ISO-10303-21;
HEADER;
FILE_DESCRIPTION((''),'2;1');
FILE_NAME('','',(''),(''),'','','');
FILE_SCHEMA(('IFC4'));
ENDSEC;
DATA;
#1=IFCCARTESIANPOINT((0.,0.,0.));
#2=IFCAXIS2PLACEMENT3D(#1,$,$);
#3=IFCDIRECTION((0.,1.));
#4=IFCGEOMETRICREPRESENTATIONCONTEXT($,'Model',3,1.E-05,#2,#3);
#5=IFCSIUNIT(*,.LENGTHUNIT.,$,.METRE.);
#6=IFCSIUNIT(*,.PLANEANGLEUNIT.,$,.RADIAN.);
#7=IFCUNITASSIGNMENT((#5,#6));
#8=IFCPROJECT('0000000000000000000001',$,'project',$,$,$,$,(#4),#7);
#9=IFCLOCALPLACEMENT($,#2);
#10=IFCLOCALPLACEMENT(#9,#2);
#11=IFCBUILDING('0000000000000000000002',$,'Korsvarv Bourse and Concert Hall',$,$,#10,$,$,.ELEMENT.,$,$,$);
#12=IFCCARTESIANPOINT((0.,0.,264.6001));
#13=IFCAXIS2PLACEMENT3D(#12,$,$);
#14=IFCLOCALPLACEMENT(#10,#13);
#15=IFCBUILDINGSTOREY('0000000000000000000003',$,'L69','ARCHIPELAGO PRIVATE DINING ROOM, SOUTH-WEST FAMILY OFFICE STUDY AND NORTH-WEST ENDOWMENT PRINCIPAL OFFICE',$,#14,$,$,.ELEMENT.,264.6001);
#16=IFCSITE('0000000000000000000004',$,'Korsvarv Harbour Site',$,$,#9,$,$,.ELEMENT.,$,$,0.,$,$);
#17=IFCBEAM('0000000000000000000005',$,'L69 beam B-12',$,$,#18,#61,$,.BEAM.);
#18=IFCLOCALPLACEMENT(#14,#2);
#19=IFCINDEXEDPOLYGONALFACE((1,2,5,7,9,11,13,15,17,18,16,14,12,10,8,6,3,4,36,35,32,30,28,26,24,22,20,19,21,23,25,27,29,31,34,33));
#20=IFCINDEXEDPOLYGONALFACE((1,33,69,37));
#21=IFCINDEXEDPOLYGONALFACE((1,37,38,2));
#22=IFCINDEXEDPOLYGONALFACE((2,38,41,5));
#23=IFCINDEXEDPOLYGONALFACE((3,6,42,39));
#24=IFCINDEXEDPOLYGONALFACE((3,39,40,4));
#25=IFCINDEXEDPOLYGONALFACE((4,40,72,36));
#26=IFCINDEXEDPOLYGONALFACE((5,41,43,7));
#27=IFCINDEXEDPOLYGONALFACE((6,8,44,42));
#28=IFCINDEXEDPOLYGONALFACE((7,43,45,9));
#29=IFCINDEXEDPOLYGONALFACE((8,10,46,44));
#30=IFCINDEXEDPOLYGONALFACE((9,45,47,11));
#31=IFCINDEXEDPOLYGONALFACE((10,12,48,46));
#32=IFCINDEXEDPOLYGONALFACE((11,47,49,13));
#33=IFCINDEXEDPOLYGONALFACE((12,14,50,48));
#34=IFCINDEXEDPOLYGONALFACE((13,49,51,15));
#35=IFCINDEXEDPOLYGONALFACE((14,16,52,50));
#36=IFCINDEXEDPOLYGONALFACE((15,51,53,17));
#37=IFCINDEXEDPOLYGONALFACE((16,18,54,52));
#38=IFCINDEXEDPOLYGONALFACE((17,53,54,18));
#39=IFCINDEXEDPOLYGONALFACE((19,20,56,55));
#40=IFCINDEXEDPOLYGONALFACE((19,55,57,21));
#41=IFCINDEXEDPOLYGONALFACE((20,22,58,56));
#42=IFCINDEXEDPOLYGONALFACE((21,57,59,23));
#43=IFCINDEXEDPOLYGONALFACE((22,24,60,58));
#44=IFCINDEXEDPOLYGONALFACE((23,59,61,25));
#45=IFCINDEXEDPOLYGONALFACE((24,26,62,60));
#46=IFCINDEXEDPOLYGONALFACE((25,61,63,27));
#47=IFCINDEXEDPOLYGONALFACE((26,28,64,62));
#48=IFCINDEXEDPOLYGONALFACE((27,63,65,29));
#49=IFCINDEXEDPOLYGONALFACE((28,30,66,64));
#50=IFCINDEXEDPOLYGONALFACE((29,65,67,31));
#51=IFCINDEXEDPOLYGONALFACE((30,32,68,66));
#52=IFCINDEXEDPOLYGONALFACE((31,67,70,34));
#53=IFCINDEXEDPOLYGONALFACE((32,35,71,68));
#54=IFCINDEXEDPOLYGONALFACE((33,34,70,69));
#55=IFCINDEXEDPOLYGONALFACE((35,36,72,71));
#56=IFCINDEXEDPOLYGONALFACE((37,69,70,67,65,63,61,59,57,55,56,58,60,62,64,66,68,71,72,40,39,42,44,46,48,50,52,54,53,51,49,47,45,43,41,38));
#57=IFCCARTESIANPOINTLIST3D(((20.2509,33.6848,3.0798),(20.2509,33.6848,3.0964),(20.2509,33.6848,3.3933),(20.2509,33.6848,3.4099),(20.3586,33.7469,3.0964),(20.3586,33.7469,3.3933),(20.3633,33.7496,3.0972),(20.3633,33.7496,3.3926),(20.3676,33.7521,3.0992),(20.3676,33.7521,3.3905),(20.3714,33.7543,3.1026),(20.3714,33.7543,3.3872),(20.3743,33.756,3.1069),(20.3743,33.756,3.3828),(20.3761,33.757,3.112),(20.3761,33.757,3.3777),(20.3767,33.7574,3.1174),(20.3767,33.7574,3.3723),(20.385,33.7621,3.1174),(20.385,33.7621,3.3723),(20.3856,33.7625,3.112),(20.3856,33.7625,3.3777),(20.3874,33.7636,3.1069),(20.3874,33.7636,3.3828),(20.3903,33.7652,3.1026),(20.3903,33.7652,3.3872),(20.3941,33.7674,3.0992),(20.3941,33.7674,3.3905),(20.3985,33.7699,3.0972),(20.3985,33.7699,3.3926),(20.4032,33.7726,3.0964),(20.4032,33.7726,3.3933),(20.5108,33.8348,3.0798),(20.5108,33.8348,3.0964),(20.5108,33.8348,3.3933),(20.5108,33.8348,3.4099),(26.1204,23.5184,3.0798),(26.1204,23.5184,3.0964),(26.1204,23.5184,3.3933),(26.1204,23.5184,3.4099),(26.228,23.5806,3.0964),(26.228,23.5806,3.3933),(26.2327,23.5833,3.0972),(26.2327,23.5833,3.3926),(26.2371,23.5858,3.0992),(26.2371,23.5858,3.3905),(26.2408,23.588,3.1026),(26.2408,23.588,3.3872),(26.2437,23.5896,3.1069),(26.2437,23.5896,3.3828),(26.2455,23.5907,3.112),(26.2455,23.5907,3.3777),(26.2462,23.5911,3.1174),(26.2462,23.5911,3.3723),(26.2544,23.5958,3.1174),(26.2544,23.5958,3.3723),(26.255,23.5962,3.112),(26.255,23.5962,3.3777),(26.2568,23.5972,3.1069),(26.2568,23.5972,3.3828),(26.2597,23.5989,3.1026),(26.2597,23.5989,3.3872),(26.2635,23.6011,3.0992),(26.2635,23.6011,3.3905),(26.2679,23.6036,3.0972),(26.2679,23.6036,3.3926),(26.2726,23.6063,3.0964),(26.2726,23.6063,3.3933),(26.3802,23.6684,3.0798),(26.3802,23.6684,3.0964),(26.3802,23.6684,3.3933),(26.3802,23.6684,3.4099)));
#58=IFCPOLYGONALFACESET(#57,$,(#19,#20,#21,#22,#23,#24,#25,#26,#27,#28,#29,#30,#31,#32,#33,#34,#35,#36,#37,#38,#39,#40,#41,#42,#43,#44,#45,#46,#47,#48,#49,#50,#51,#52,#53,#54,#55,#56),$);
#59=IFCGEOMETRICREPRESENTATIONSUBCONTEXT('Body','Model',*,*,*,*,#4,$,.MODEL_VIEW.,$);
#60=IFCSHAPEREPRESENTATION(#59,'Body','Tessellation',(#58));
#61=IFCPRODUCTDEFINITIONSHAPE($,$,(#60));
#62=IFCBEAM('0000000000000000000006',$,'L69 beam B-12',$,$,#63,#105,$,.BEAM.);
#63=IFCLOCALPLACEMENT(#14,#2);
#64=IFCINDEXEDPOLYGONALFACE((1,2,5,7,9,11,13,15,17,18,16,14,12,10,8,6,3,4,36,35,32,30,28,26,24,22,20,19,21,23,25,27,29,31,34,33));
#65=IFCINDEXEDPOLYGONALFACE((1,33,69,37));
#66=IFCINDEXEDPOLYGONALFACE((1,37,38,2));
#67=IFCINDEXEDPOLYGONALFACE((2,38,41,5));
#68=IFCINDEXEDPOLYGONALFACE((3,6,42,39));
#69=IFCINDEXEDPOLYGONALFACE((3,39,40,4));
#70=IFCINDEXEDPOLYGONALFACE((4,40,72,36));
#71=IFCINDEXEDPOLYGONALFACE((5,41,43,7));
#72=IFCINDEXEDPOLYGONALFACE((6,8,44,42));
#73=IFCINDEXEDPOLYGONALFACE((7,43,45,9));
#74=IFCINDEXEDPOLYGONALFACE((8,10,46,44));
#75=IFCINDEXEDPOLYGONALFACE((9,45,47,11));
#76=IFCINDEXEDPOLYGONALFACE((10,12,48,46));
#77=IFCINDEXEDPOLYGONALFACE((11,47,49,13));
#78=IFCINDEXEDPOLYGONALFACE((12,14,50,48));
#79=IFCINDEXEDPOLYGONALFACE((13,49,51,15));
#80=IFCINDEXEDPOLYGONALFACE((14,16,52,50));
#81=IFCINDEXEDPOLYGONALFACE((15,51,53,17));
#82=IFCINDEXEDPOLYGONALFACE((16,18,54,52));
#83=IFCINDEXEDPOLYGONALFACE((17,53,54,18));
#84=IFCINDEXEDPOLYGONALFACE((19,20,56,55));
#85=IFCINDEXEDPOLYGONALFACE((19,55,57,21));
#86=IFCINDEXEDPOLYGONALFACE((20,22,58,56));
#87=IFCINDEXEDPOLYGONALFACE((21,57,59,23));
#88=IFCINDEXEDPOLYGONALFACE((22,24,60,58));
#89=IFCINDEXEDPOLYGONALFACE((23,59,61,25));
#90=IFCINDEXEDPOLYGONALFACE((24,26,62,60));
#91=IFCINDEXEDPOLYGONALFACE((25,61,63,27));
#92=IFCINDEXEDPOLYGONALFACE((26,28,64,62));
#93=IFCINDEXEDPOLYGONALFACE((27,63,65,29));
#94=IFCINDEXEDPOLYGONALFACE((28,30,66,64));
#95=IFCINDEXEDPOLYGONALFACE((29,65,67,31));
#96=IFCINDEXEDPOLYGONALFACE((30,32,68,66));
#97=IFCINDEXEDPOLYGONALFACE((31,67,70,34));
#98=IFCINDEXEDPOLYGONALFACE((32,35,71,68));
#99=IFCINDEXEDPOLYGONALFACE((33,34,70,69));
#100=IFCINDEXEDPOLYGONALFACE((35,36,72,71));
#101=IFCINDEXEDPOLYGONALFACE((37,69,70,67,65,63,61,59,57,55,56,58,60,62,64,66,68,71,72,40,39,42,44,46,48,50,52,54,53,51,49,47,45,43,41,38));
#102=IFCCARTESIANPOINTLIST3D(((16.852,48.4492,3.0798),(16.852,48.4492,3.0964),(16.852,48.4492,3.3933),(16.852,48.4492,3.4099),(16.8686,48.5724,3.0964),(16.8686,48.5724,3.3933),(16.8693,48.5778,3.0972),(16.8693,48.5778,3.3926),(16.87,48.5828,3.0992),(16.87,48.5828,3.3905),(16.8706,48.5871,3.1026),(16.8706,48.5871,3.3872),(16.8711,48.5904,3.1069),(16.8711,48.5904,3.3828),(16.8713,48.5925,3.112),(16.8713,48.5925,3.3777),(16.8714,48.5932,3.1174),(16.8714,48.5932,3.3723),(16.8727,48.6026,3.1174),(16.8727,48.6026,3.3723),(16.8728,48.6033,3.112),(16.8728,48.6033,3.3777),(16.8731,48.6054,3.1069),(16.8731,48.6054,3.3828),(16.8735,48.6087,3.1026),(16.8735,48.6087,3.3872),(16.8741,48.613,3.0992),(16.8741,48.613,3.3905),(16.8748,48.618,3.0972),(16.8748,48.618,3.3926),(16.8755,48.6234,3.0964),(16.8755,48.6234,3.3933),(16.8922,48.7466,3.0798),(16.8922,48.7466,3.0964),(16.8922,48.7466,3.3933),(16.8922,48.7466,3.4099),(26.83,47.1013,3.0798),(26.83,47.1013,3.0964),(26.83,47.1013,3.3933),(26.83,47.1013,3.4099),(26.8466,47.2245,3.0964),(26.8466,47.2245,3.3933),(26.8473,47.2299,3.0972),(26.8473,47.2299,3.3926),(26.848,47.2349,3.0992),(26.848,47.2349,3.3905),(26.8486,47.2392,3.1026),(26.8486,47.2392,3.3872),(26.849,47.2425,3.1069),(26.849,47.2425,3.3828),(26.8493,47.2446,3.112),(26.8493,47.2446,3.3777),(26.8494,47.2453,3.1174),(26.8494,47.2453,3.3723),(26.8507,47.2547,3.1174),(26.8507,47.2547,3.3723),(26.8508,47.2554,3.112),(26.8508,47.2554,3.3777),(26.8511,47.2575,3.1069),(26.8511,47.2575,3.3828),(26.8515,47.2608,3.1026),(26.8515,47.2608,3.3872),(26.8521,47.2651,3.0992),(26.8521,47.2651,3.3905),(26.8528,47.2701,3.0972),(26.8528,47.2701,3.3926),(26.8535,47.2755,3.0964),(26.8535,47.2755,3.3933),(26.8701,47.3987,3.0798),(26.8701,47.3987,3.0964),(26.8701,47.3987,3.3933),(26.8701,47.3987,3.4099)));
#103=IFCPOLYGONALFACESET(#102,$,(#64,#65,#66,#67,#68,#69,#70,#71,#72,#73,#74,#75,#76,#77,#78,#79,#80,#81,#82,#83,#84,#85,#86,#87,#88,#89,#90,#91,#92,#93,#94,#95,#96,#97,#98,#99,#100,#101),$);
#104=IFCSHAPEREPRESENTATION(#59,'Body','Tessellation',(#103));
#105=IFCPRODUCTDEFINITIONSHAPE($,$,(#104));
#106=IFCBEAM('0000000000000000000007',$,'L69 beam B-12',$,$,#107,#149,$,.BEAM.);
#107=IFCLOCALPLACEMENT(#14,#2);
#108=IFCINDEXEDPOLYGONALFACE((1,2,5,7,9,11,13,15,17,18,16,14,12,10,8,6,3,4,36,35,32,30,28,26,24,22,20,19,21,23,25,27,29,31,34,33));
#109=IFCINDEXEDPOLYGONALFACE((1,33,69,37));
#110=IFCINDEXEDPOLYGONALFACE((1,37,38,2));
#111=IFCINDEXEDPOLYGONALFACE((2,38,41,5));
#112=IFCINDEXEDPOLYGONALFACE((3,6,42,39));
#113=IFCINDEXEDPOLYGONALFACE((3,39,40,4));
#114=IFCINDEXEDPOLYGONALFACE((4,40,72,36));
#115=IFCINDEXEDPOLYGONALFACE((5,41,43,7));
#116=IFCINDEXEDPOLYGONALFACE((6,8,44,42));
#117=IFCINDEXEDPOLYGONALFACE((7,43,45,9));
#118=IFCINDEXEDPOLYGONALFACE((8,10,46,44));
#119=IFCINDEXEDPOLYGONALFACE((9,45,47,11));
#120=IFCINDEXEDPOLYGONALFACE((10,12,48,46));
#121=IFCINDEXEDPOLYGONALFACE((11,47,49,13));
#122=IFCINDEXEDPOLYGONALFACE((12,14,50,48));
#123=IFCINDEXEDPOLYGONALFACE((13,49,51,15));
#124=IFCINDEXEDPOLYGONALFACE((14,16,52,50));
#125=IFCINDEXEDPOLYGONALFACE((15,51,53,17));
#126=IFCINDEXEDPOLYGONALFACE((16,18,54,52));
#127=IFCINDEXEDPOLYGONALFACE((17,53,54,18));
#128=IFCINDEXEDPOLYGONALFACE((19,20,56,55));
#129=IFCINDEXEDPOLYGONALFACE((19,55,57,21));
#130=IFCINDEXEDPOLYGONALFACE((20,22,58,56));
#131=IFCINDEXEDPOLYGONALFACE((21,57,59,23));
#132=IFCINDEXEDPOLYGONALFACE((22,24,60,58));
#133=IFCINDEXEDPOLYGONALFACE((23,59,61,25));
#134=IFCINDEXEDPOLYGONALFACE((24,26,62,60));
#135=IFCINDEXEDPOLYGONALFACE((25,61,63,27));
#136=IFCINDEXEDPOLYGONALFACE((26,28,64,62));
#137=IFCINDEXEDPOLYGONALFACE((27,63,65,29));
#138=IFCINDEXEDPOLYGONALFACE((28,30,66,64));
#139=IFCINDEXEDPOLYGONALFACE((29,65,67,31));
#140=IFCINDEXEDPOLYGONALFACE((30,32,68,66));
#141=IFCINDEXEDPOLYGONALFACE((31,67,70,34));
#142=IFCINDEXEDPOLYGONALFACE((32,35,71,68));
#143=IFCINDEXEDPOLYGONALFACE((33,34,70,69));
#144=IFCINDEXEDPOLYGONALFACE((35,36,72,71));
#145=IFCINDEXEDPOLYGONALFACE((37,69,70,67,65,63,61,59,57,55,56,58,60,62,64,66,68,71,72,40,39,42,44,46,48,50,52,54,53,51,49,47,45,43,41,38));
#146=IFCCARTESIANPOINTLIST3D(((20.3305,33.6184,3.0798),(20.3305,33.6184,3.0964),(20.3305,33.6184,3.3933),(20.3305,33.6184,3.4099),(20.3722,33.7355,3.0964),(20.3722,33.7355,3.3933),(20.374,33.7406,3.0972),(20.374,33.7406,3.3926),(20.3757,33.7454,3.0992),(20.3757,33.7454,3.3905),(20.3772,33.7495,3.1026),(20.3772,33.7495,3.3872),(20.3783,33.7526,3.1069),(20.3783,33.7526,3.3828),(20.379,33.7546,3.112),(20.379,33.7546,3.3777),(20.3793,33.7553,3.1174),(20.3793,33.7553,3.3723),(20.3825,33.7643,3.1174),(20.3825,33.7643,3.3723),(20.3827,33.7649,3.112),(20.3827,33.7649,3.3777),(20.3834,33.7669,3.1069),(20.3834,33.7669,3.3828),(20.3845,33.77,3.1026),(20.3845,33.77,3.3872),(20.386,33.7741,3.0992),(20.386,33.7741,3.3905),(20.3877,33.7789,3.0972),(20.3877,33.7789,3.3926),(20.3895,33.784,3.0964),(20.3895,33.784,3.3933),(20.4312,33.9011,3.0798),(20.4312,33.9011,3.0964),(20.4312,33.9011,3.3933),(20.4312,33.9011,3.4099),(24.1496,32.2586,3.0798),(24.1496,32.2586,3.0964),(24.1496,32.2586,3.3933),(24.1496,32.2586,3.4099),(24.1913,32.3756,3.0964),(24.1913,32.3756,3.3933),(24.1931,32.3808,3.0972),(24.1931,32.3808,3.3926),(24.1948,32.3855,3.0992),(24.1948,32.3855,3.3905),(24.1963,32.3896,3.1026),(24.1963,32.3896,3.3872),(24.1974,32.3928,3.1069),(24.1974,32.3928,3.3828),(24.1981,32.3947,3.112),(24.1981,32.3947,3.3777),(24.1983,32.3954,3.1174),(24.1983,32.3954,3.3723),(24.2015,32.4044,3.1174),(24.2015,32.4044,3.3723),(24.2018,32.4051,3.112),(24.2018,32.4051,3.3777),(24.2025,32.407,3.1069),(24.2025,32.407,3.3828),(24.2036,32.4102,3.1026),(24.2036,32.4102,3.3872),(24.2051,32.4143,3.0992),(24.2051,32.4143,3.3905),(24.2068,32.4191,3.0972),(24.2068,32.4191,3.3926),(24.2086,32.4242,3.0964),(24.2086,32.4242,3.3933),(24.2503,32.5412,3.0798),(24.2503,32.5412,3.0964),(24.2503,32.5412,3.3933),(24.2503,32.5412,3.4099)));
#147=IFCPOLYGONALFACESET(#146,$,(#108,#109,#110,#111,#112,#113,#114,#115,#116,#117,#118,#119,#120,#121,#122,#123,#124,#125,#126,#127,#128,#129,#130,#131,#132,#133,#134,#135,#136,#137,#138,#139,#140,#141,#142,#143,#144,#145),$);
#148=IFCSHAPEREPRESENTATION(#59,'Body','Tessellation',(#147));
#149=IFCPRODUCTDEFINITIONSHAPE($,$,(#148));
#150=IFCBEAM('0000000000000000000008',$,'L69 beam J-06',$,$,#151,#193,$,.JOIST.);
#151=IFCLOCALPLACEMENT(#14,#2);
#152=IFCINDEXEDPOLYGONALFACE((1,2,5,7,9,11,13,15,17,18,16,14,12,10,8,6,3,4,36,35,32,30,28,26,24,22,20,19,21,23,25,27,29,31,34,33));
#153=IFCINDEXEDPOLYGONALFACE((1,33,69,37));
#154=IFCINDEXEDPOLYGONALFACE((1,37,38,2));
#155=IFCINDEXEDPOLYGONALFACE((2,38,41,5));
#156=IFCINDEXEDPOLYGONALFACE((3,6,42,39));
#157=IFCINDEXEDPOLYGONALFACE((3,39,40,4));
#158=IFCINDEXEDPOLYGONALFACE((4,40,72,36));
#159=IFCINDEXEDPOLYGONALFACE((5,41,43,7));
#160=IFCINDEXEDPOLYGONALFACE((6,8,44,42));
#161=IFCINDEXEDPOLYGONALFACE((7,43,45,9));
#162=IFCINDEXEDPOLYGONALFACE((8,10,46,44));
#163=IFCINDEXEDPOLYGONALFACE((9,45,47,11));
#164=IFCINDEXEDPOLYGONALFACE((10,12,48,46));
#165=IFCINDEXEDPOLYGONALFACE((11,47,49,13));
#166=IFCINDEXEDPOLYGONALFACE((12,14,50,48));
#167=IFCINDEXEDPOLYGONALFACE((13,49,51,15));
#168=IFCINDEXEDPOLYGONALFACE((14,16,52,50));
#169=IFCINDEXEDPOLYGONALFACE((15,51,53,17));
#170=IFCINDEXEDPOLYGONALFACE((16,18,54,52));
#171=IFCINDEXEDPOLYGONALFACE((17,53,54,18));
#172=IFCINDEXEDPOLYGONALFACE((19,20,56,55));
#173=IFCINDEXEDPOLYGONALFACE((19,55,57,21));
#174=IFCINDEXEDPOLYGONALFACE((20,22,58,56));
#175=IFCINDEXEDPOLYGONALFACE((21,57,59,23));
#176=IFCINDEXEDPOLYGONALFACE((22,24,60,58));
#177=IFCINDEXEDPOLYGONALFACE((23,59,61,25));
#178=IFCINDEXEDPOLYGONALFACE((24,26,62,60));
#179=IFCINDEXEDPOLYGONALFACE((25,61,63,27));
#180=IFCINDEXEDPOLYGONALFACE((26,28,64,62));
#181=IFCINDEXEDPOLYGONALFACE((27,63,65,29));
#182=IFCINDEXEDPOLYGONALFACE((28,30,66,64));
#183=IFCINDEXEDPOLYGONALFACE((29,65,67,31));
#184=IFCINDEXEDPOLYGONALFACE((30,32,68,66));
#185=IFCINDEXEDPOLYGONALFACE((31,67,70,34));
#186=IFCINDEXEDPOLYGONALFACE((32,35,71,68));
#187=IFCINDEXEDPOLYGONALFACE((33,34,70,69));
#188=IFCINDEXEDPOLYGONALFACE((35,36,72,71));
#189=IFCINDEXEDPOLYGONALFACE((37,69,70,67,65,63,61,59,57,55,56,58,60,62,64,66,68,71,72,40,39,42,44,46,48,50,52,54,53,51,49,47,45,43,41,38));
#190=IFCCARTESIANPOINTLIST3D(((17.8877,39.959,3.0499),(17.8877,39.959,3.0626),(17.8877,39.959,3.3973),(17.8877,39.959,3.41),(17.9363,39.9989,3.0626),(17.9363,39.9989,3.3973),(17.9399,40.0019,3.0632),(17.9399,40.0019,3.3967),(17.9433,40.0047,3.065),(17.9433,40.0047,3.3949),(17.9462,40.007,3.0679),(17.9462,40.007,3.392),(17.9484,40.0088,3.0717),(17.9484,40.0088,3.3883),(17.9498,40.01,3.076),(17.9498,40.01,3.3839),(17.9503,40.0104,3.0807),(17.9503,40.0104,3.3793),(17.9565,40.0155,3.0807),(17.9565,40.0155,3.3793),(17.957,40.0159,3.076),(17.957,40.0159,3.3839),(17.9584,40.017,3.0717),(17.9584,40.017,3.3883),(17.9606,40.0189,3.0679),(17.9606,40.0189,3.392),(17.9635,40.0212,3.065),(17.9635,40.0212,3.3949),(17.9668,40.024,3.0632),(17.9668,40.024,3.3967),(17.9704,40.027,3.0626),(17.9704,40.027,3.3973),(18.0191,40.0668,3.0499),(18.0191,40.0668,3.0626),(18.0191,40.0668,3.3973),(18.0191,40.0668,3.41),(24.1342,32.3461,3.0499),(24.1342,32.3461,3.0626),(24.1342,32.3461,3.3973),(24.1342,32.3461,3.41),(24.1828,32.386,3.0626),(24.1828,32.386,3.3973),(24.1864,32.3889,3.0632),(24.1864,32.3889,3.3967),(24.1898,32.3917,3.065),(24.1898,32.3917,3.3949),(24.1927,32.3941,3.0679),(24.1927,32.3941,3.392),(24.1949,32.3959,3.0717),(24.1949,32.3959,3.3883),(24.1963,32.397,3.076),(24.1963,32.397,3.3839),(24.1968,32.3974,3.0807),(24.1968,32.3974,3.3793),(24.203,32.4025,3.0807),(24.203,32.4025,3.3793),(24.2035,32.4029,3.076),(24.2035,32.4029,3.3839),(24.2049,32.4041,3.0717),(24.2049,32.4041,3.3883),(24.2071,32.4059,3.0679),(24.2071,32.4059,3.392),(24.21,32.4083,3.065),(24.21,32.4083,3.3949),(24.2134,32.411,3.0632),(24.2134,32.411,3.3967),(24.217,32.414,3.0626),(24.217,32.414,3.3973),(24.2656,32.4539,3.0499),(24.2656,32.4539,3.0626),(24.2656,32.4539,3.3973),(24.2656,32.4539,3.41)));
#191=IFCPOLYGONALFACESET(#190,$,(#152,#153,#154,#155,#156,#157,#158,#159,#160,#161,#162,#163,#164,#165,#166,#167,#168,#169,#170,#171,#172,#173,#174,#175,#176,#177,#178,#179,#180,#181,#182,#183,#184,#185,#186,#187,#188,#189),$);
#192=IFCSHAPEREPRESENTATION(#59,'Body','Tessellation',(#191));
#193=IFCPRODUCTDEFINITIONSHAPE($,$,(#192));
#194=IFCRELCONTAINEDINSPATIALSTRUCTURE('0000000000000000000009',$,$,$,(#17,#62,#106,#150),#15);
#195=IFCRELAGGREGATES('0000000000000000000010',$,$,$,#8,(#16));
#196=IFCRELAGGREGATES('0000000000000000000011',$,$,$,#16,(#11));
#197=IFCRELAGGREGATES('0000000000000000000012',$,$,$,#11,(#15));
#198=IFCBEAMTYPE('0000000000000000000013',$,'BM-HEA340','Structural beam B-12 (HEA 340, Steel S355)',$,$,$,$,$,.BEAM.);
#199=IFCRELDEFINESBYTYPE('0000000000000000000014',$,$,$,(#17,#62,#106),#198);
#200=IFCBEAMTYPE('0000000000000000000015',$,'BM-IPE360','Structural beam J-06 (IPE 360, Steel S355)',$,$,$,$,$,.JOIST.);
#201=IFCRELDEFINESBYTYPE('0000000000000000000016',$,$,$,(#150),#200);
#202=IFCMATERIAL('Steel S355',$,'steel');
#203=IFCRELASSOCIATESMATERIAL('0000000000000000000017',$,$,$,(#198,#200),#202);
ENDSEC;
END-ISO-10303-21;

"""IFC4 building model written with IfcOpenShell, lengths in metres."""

from ifc_helpers import new_model, si_unit, direction, frame, origin, origin_2d, place, context, subcontext, project, spatial, i_section, extrude, source, transform, mapped, material, material_profile, profile_set, type_object, element, save


model = new_model("IFC4")

# Units and contexts
model_context = context("Model", 3, precision=1e-05, world=origin(), true_north=direction((0.0, 1.0)))
body_context = subcontext(model_context, "Body", "Model", "MODEL_VIEW")
ifc_project = project(units=[si_unit("LENGTHUNIT", "METRE"), si_unit("PLANEANGLEUNIT", "RADIAN")], contexts=[model_context])

# Site, building, storey
site_placement = place(None, origin())
site = spatial("IfcSite", under=ifc_project, at=site_placement, Name="Korsvarv Harbour Site", CompositionType="ELEMENT", RefElevation=0.0)
building_placement = place(site_placement, origin())
building = spatial("IfcBuilding", under=site, at=building_placement, Name="Korsvarv Bourse and Concert Hall", CompositionType="ELEMENT")
storey_placement = place(building_placement, frame((0.0, 0.0, 264.6001)))
storey = spatial("IfcBuildingStorey", under=building, at=storey_placement, Name="L69", Description="ARCHIPELAGO PRIVATE DINING ROOM, SOUTH-WEST FAMILY OFFICE STUDY AND NORTH-WEST ENDOWMENT PRINCIPAL OFFICE", CompositionType="ELEMENT", Elevation=264.6001)

# Beams
ifc_material_1 = material(Name="Steel S355", Category="steel")
ifc_material_profile_1 = material_profile(ifc_material_1, i_section(OverallWidth=0.3, OverallDepth=0.3301, WebThickness=0.0095, FlangeThickness=0.0166, FilletRadius=0.021, at=origin_2d()), Name="HEA 340")
ifc_profile_set_1 = profile_set([ifc_material_profile_1], Name="Steel S355")
beam_type_1 = type_object("IfcBeamType", Name="BM-HEA340", Description="Structural beam B-12 (HEA 340, Steel S355)", PredefinedType="BEAM", material=ifc_profile_set_1)
shared_shape_1 = source(origin(), body_context, "Body", "SweptSolid", [
    extrude(i_section(OverallWidth=0.3, OverallDepth=0.3301, WebThickness=0.0095, FlangeThickness=0.0166, FilletRadius=0.021, at=origin_2d()), origin(), (0.0, 0.0, 1.0), 11.739),
])
beam_1_placement = place(storey_placement, frame((20.3809, 33.7598, 3.2449), z_axis=(0.499993, -0.866029, 0.0), x_axis=(0.866029, 0.499993, 0.0)))
element("IfcBeam", 1, at=beam_1_placement, inside=storey, type_object=beam_type_1, Name="L69 beam B-12", PredefinedType="BEAM", context=body_context, shape_type="MappedRepresentation", body=[
    mapped(shared_shape_1, transform((0.0, 0.0, 0.0), scale=1.0)),
])
shared_shape_2 = source(origin(), body_context, "Body", "SweptSolid", [
    extrude(i_section(OverallWidth=0.3, OverallDepth=0.3301, WebThickness=0.0095, FlangeThickness=0.0166, FilletRadius=0.021, at=origin_2d()), origin(), (0.0, 0.0, 1.0), 10.0686),
])
beam_2_placement = place(storey_placement, frame((16.8721, 48.5979, 3.2449), z_axis=(0.990999, -0.133871, 0.0), x_axis=(0.133871, 0.990999, 0.0)))
element("IfcBeam", 2, at=beam_2_placement, inside=storey, type_object=beam_type_1, Name="L69 beam B-12", PredefinedType="BEAM", context=body_context, shape_type="MappedRepresentation", body=[
    mapped(shared_shape_2, transform((0.0, 0.0, 0.0), scale=1.0)),
])
shared_shape_3 = source(origin(), body_context, "Body", "SweptSolid", [
    extrude(i_section(OverallWidth=0.3, OverallDepth=0.3301, WebThickness=0.0095, FlangeThickness=0.0166, FilletRadius=0.021, at=origin_2d()), origin(), (0.0, 0.0, 1.0), 4.054),
])
beam_3_placement = place(storey_placement, frame((20.3809, 33.7598, 3.2449), z_axis=(0.942062, -0.33544, 0.0), x_axis=(0.33544, 0.942062, 0.0)))
element("IfcBeam", 3, at=beam_3_placement, inside=storey, type_object=beam_type_1, Name="L69 beam B-12", PredefinedType="BEAM", context=body_context, shape_type="MappedRepresentation", body=[
    mapped(shared_shape_3, transform((0.0, 0.0, 0.0), scale=1.0)),
])
ifc_material_profile_2 = material_profile(ifc_material_1, i_section(OverallWidth=0.1699, OverallDepth=0.3601, WebThickness=0.0081, FlangeThickness=0.0127, FilletRadius=0.0181, at=origin_2d()), Name="IPE 360")
ifc_profile_set_2 = profile_set([ifc_material_profile_2], Name="Steel S355")
beam_type_2 = type_object("IfcBeamType", Name="BM-IPE360", Description="Structural beam J-06 (IPE 360, Steel S355)", PredefinedType="JOIST", material=ifc_profile_set_2)
shared_shape_4 = source(origin(), body_context, "Body", "SweptSolid", [
    extrude(i_section(OverallWidth=0.1699, OverallDepth=0.3601, WebThickness=0.0081, FlangeThickness=0.0127, FilletRadius=0.0181, at=origin_2d()), origin(), (0.0, 0.0, 1.0), 9.8477),
])
beam_4_placement = place(storey_placement, frame((17.9534, 40.0129, 3.23), z_axis=(0.634316, -0.773074, 0.0), x_axis=(0.773074, 0.634316, 0.0)))
element("IfcBeam", 4, at=beam_4_placement, inside=storey, type_object=beam_type_2, Name="L69 beam J-06", PredefinedType="JOIST", context=body_context, shape_type="MappedRepresentation", body=[
    mapped(shared_shape_4, transform((0.0, 0.0, 0.0), scale=1.0)),
])

save(model, "model.ifc")
